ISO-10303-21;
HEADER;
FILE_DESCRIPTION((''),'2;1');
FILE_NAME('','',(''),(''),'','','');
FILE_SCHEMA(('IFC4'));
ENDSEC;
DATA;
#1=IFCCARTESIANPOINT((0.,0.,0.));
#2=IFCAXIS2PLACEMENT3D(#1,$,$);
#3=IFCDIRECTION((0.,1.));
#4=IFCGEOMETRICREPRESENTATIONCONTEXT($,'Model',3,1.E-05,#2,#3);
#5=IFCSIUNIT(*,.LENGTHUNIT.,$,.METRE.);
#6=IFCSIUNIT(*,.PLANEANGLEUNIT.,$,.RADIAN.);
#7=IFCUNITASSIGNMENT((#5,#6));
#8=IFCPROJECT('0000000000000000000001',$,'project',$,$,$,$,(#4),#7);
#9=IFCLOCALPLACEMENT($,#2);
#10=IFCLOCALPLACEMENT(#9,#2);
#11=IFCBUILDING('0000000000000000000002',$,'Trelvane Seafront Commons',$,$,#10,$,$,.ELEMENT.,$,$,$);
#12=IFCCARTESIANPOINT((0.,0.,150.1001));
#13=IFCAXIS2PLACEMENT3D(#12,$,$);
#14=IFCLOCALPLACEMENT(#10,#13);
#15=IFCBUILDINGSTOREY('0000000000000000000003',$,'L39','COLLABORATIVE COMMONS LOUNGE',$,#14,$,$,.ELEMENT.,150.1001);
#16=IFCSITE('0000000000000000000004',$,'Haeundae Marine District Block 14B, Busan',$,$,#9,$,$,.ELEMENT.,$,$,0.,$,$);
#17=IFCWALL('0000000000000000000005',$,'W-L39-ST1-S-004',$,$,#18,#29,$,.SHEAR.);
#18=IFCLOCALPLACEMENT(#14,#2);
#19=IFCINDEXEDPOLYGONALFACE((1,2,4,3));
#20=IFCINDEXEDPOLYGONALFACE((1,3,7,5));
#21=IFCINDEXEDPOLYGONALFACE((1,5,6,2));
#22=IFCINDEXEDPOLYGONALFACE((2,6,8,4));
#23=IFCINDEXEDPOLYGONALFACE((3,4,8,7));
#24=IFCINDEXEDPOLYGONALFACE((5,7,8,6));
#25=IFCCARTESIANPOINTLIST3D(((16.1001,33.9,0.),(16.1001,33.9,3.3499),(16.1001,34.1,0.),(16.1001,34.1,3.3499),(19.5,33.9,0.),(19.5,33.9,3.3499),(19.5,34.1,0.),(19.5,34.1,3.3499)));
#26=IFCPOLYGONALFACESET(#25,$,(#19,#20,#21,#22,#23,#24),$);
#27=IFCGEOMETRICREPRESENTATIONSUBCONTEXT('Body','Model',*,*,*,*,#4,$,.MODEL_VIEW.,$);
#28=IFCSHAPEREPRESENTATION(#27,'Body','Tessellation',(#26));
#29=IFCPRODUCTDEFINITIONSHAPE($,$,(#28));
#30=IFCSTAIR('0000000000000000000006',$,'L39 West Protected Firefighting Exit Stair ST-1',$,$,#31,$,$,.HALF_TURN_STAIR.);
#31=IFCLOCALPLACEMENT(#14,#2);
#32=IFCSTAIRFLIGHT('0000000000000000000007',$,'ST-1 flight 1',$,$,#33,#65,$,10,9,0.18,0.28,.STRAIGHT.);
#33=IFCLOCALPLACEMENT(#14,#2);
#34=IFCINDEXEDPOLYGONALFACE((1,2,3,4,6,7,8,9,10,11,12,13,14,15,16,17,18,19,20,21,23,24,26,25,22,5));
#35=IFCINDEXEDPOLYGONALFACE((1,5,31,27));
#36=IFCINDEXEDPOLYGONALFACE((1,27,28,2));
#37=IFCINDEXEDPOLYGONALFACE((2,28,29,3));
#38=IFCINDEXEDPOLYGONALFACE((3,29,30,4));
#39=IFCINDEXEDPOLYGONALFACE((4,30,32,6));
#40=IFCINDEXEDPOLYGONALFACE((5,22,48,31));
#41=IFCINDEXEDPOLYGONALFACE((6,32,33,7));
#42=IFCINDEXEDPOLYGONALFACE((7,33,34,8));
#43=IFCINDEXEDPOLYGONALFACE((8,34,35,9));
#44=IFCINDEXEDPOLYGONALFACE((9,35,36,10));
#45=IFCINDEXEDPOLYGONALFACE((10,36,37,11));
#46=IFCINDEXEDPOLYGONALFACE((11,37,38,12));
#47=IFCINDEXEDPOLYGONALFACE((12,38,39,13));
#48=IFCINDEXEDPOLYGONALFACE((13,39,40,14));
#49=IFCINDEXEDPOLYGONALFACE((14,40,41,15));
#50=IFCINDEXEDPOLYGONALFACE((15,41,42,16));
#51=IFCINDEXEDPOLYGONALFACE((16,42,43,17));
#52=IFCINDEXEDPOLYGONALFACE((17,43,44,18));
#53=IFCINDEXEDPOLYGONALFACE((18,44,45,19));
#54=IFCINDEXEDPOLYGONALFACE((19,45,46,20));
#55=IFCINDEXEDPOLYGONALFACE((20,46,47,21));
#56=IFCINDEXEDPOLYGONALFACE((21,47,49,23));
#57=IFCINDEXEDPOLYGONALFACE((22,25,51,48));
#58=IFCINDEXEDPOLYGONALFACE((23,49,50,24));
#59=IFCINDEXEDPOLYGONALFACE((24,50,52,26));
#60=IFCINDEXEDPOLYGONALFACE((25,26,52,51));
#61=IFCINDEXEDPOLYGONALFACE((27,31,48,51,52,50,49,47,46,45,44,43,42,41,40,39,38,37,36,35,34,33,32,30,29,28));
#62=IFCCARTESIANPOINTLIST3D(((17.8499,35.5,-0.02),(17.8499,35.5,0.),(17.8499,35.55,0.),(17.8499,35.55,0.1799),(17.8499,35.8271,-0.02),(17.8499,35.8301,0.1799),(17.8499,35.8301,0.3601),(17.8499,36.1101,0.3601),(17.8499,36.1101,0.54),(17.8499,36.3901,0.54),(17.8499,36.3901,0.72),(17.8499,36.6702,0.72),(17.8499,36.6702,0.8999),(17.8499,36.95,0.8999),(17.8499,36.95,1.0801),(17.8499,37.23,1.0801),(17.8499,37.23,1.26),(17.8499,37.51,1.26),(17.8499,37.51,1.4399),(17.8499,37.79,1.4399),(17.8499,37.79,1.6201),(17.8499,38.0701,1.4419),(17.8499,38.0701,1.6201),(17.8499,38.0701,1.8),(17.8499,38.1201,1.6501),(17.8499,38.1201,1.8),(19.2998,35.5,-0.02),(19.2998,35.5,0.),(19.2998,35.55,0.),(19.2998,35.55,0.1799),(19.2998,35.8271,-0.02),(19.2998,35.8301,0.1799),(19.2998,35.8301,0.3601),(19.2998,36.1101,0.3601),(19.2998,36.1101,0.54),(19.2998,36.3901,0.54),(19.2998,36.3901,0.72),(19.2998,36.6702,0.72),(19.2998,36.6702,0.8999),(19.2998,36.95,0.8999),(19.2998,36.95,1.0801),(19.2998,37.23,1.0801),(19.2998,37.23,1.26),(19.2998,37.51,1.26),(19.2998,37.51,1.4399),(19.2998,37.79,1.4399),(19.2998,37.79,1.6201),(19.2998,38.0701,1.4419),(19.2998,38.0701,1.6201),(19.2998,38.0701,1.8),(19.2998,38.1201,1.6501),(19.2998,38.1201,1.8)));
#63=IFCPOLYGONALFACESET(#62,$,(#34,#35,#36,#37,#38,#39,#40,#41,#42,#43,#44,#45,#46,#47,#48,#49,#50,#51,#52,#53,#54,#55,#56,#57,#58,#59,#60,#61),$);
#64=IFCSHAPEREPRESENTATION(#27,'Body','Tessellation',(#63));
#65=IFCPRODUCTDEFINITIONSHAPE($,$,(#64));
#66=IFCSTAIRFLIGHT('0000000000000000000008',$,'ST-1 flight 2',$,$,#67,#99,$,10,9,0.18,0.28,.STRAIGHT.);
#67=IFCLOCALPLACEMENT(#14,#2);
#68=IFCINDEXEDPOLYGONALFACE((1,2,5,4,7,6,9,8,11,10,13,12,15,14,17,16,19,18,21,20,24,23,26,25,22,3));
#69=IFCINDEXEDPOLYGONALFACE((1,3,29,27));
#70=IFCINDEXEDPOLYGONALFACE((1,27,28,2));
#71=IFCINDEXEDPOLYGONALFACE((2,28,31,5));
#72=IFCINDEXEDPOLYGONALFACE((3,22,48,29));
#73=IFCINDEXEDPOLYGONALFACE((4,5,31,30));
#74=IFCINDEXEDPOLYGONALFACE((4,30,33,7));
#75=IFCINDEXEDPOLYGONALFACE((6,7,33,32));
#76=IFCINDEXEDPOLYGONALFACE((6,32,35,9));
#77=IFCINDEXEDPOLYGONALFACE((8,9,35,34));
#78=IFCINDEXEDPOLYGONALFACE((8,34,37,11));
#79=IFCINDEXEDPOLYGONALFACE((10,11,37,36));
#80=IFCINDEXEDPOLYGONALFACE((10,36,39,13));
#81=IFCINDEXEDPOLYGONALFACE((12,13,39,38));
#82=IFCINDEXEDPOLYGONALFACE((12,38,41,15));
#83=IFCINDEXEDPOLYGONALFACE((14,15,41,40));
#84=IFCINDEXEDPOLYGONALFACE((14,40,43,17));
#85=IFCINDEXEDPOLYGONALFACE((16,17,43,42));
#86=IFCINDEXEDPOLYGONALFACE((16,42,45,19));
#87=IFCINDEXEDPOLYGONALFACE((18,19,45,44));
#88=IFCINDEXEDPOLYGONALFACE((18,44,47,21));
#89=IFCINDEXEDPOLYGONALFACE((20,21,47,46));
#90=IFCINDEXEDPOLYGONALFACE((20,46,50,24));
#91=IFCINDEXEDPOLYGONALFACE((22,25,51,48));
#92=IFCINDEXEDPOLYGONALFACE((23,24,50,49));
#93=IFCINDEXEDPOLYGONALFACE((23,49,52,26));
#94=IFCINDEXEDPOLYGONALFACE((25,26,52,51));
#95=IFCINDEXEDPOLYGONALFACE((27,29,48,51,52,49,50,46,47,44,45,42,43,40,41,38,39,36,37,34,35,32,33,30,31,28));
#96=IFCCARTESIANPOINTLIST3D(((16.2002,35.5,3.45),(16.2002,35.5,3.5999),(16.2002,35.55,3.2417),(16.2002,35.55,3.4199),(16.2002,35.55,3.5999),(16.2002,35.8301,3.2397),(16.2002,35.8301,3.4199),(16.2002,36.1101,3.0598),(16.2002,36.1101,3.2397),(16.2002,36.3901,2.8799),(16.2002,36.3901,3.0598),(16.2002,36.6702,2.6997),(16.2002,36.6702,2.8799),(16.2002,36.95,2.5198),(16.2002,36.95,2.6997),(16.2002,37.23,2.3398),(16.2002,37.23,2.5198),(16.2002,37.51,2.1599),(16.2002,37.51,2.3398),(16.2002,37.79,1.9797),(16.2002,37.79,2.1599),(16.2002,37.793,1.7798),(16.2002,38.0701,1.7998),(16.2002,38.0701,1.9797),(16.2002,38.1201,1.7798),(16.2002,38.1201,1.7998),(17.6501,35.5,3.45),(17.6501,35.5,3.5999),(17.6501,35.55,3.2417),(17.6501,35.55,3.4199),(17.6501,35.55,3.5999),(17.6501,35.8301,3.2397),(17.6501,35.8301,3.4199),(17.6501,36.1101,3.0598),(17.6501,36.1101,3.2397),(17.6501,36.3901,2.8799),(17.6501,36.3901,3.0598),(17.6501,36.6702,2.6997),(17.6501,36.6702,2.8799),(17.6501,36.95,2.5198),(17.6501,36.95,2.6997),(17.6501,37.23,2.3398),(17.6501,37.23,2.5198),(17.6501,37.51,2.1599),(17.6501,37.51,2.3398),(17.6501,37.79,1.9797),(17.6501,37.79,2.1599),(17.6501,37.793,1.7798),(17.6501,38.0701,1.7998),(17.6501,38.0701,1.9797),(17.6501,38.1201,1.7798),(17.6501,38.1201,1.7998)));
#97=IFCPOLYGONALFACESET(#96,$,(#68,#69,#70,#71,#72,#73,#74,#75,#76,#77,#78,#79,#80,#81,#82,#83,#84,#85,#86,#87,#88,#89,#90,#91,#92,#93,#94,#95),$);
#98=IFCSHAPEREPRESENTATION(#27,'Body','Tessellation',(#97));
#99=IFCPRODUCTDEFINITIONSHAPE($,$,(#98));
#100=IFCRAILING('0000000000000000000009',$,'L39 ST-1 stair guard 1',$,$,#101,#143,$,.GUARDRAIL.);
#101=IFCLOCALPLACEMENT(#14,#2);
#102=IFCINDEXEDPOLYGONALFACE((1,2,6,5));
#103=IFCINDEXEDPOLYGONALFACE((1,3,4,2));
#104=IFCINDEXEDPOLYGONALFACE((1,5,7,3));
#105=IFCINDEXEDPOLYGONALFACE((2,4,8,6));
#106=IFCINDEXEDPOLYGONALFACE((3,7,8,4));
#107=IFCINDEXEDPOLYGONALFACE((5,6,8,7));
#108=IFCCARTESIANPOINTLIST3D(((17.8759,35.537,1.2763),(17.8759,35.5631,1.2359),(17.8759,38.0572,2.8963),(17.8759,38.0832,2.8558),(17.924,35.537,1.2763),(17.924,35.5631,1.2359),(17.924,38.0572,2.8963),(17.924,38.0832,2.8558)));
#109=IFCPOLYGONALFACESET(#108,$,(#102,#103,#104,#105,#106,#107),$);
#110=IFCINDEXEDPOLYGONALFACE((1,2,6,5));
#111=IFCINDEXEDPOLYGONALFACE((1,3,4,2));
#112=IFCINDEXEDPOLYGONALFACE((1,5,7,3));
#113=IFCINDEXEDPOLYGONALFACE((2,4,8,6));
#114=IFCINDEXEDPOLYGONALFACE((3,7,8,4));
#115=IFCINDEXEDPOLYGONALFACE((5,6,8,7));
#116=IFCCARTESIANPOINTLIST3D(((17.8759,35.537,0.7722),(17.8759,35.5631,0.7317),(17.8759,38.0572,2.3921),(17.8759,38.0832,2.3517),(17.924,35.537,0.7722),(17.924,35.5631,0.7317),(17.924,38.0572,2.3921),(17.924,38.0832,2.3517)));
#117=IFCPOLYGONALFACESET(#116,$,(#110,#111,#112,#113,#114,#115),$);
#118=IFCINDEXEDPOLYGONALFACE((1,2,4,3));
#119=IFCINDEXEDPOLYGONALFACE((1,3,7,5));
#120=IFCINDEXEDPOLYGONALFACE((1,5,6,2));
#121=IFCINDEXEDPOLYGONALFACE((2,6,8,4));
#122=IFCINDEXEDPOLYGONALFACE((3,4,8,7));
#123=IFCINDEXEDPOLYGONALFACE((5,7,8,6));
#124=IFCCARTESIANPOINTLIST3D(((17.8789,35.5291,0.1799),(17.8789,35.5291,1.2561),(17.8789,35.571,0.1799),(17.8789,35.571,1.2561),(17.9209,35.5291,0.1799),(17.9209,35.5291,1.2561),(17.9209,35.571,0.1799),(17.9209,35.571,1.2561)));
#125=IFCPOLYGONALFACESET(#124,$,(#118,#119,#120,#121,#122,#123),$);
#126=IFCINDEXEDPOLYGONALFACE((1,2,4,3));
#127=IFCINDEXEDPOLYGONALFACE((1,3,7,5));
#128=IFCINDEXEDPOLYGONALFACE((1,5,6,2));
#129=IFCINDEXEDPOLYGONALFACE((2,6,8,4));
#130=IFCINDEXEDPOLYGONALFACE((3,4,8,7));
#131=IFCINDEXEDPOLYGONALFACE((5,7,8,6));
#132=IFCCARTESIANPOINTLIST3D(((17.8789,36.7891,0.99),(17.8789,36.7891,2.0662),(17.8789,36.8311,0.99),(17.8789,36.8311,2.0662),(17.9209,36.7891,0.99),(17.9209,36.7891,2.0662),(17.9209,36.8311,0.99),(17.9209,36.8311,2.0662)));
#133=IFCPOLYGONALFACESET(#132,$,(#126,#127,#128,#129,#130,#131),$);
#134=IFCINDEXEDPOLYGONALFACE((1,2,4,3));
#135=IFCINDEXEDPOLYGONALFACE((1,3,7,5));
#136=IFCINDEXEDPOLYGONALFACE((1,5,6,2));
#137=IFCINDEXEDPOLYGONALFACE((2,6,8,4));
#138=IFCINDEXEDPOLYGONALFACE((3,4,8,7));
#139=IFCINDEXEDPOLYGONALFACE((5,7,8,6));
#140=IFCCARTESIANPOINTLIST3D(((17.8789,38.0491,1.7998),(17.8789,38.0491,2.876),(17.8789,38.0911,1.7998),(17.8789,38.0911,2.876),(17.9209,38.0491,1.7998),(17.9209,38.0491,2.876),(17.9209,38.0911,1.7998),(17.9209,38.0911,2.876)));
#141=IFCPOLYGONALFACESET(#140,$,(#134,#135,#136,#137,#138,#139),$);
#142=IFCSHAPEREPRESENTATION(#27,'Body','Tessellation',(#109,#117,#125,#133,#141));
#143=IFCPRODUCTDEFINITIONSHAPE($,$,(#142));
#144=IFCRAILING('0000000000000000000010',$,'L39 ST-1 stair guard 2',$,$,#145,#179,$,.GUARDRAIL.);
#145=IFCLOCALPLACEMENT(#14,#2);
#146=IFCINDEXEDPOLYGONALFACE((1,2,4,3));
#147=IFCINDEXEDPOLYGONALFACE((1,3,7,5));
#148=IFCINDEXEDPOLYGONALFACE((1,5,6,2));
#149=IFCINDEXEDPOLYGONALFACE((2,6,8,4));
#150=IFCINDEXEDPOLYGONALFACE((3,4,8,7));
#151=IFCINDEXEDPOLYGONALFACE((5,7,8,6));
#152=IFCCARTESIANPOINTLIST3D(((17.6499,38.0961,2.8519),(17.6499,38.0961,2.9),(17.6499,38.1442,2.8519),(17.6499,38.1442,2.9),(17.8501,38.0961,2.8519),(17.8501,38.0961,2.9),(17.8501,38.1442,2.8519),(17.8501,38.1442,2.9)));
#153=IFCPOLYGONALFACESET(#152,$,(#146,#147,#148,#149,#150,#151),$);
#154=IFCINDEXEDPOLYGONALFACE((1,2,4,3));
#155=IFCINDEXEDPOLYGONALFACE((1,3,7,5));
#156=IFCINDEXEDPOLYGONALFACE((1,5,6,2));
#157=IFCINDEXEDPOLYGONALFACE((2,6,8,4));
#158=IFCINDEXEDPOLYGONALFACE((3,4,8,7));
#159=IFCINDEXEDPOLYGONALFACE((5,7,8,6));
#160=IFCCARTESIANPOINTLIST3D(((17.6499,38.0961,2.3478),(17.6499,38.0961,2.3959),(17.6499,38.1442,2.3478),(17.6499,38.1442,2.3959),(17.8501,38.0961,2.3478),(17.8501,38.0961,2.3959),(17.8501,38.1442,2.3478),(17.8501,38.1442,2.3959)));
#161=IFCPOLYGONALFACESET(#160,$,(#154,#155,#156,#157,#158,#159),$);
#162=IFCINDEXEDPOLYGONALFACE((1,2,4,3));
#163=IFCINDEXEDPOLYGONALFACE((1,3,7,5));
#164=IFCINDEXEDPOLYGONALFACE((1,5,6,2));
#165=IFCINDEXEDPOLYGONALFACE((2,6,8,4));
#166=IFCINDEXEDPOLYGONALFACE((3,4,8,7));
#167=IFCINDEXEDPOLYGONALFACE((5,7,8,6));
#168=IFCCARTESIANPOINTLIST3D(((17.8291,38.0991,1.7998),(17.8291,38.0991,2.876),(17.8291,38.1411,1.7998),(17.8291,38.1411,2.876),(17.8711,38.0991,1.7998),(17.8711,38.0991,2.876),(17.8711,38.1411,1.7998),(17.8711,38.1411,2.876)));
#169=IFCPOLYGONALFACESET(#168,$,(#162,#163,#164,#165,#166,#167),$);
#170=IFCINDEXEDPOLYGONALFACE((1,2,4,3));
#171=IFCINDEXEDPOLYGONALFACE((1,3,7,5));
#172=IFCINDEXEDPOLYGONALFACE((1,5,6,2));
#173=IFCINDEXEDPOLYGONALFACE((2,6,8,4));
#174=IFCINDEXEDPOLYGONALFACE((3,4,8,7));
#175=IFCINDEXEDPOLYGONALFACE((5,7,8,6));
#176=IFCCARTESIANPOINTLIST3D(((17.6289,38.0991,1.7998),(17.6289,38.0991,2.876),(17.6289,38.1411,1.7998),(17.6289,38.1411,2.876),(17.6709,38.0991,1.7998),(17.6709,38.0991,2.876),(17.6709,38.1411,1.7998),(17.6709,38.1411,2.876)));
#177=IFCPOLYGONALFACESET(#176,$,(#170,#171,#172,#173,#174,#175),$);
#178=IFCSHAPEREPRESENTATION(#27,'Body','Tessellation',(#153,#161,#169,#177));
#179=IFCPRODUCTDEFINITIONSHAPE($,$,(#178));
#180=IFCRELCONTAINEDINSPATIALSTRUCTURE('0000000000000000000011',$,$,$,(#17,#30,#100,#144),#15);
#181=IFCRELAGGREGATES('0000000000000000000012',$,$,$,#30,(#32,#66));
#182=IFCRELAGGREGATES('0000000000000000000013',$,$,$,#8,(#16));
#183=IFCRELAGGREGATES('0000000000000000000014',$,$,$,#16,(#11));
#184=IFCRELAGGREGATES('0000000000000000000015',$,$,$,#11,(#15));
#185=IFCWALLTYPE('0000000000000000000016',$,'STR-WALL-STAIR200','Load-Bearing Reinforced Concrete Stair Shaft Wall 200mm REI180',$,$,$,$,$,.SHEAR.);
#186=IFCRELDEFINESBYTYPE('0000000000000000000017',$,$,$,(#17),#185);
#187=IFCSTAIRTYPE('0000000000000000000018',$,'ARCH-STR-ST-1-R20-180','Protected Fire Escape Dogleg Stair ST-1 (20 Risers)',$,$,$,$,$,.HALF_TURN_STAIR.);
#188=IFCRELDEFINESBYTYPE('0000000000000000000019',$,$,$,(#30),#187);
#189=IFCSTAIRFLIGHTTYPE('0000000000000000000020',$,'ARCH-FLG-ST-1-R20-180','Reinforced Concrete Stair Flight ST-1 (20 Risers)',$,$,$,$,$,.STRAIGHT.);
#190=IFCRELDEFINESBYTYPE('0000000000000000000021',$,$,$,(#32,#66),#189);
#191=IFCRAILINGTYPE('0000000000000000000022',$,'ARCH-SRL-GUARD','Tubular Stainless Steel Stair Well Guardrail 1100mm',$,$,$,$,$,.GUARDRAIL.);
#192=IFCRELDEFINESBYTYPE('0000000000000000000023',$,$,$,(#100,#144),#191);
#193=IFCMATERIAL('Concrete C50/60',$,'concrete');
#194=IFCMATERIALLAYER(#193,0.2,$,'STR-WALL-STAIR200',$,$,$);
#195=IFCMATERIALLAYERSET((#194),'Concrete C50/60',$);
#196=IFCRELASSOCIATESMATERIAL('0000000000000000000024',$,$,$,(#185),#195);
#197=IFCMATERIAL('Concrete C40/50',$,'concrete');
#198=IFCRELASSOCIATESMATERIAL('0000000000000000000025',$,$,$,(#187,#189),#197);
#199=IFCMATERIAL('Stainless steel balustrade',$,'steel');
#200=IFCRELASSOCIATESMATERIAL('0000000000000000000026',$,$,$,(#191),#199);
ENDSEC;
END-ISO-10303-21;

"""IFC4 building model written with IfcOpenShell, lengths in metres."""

from ifc_helpers import new_model, si_unit, direction, frame, frame_2d, origin, origin_2d, place, context, subcontext, project, spatial, polyline, rectangle, outline, extrude, source, transform, mapped, material, layer, layer_set, type_object, element, aggregate, save


model = new_model("IFC4")

# Units and contexts
model_context = context("Model", 3, precision=1e-05, world=origin(), true_north=direction((0.0, 1.0)))
body_context = subcontext(model_context, "Body", "Model", "MODEL_VIEW")
ifc_project = project(units=[si_unit("LENGTHUNIT", "METRE"), si_unit("PLANEANGLEUNIT", "RADIAN")], contexts=[model_context])

# Site, building, storey
site_placement = place(None, origin())
site = spatial("IfcSite", under=ifc_project, at=site_placement, Name="Haeundae Marine District Block 14B, Busan", CompositionType="ELEMENT", RefElevation=0.0)
building_placement = place(site_placement, origin())
building = spatial("IfcBuilding", under=site, at=building_placement, Name="Trelvane Seafront Commons", CompositionType="ELEMENT")
storey_placement = place(building_placement, frame((0.0, 0.0, 150.1001)))
storey = spatial("IfcBuildingStorey", under=building, at=storey_placement, Name="L39", Description="COLLABORATIVE COMMONS LOUNGE", CompositionType="ELEMENT", Elevation=150.1001)

# Shared definitions
ifc_material_1 = material(Name="Concrete C50/60", Category="concrete")

# Shared definitions
ifc_material_2 = material(Name="Concrete C40/50", Category="concrete")
ifc_material_3 = material(Name="Stainless steel balustrade", Category="steel")

# Wall
ifc_layer_1 = layer(ifc_material_1, 0.2, Name="STR-WALL-STAIR200")
ifc_layer_set_1 = layer_set([ifc_layer_1], Name="Concrete C50/60")
wall_type_1 = type_object("IfcWallType", Name="STR-WALL-STAIR200", Description="Load-Bearing Reinforced Concrete Stair Shaft Wall 200mm REI180", PredefinedType="SHEAR", material=ifc_layer_set_1)
wall_1_placement = place(storey_placement, frame((16.1001, 34.0, 0.0), z_axis=(0.0, 0.0, 1.0), x_axis=(1.0, 0.0, 0.0)))
element("IfcWall", 1, at=wall_1_placement, inside=storey, type_object=wall_type_1, Name="W-L39-ST1-S-004", PredefinedType="SHEAR", context=body_context, shape_type="SweptSolid", body=[
    extrude(rectangle(XDim=3.3999, YDim=0.2, at=frame_2d((1.7, 0.0))), origin(), (0.0, 0.0, 1.0), 3.3499),
])

# Stair, stair flights
stair_type = type_object("IfcStairType", Name="ARCH-STR-ST-1-R20-180", Description="Protected Fire Escape Dogleg Stair ST-1 (20 Risers)", PredefinedType="HALF_TURN_STAIR", material=ifc_material_2)
stair_placement = place(storey_placement, origin())
stair = element("IfcStair", 2, at=stair_placement, inside=storey, type_object=stair_type, Name="L39 West Protected Firefighting Exit Stair ST-1", PredefinedType="HALF_TURN_STAIR")
stair_flight_type = type_object("IfcStairFlightType", Name="ARCH-FLG-ST-1-R20-180", Description="Reinforced Concrete Stair Flight ST-1 (20 Risers)", PredefinedType="STRAIGHT", material=ifc_material_2)
shared_shape_1 = source(origin(), body_context, "Body", "SweptSolid", [
    extrude(outline(polyline([(-0.05, -0.02), (-0.05, 0.0), (0.0, 0.0), (0.0, 0.1799), (0.28, 0.1799), (0.28, 0.3601), (0.5601, 0.3601), (0.5601, 0.54), (0.8401, 0.54), (0.8401, 0.72), (1.1201, 0.72), (1.1201, 0.8999), (1.3999, 0.8999), (1.3999, 1.0801), (1.6799, 1.0801), (1.6799, 1.26), (1.96, 1.26), (1.96, 1.4399), (2.24, 1.4399), (2.24, 1.6201), (2.52, 1.6201), (2.52, 1.8), (2.5701, 1.8), (2.5701, 1.6501), (2.52, 1.4419), (0.2771, -0.02), (-0.05, -0.02)])), frame((0.0, 0.7251, 0.0), z_axis=(0.0, -1.0, 0.0), x_axis=(1.0, 0.0, 0.0)), (0.0, 0.0, 1.0), 1.45),
])
stair_flight_1_placement = place(storey_placement, frame((18.575, 35.55, 0.0), z_axis=(0.0, 0.0, 1.0), x_axis=(0.0, 1.0, 0.0)))
stair_flight_1 = element("IfcStairFlight", 3, at=stair_flight_1_placement, type_object=stair_flight_type, Name="ST-1 flight 1", NumberOfRisers=10, NumberOfTreads=9, PredefinedType="STRAIGHT", RiserHeight=0.18, TreadLength=0.28, context=body_context, shape_type="MappedRepresentation", body=[
    mapped(shared_shape_1, transform((0.0, 0.0, 0.0), x_axis=(1.0, 0.0, 0.0), y_axis=(0.0, 1.0, 0.0), z_axis=(0.0, 0.0, 1.0), scale=1.0)),
])
stair_flight_2_placement = place(storey_placement, frame((16.925, 38.0701, 1.7998), z_axis=(0.0, 0.0, 1.0), x_axis=(0.0, -1.0, 0.0)))
stair_flight_2 = element("IfcStairFlight", 4, at=stair_flight_2_placement, type_object=stair_flight_type, Name="ST-1 flight 2", NumberOfRisers=10, NumberOfTreads=9, PredefinedType="STRAIGHT", RiserHeight=0.18, TreadLength=0.28, context=body_context, shape_type="MappedRepresentation", body=[
    mapped(shared_shape_1, transform((0.0, 0.0, 0.0), x_axis=(1.0, 0.0, 0.0), y_axis=(0.0, 1.0, 0.0), z_axis=(0.0, 0.0, 1.0), scale=1.0)),
])
aggregate(stair, [stair_flight_1, stair_flight_2])

# Railings
railing_type_1 = type_object("IfcRailingType", Name="ARCH-SRL-GUARD", Description="Tubular Stainless Steel Stair Well Guardrail 1100mm", PredefinedType="GUARDRAIL", material=ifc_material_3)
railing_1_placement = place(storey_placement, frame((17.8999, 35.55, 0.1799)))
element("IfcRailing", 5, at=railing_1_placement, inside=storey, type_object=railing_type_1, Name="L39 ST-1 stair guard 1", PredefinedType="GUARDRAIL", context=body_context, shape_type="SweptSolid", body=[
    extrude(rectangle(XDim=0.0481, YDim=0.0481, at=origin_2d()), frame((0.0, 0.0, 1.0762), z_axis=(0.0, 0.8412, 0.540725), x_axis=(-1.0, 0.0, 0.0)), (0.0, 0.0, 1.0), 2.9958),
    extrude(rectangle(XDim=0.0481, YDim=0.0481, at=origin_2d()), frame((0.0, 0.0, 0.572), z_axis=(0.0, 0.8412, 0.540725), x_axis=(-1.0, 0.0, 0.0)), (0.0, 0.0, 1.0), 2.9958),
    extrude(rectangle(XDim=0.042, YDim=0.042, at=origin_2d()), origin(), (0.0, 0.0, 1.0), 1.0762),
    extrude(rectangle(XDim=0.042, YDim=0.042, at=origin_2d()), frame((0.0, 1.26, 0.8101)), (0.0, 0.0, 1.0), 1.0762),
    extrude(rectangle(XDim=0.042, YDim=0.042, at=origin_2d()), frame((0.0, 2.52, 1.6199)), (0.0, 0.0, 1.0), 1.0762),
])
railing_2_placement = place(storey_placement, frame((17.8501, 38.1201, 1.7998)))
element("IfcRailing", 6, at=railing_2_placement, inside=storey, type_object=railing_type_1, Name="L39 ST-1 stair guard 2", PredefinedType="GUARDRAIL", context=body_context, shape_type="SweptSolid", body=[
    extrude(rectangle(XDim=0.0481, YDim=0.0481, at=origin_2d()), frame((0.0, 0.0, 1.0762), z_axis=(-1.0, 0.0, 0.0), x_axis=(0.0, -1.0, 0.0)), (0.0, 0.0, 1.0), 0.2002),
    extrude(rectangle(XDim=0.0481, YDim=0.0481, at=origin_2d()), frame((0.0, 0.0, 0.572), z_axis=(-1.0, 0.0, 0.0), x_axis=(0.0, -1.0, 0.0)), (0.0, 0.0, 1.0), 0.2002),
    extrude(rectangle(XDim=0.042, YDim=0.042, at=origin_2d()), origin(), (0.0, 0.0, 1.0), 1.0762),
    extrude(rectangle(XDim=0.042, YDim=0.042, at=origin_2d()), frame((-0.2002, 0.0, 0.0)), (0.0, 0.0, 1.0), 1.0762),
])

save(model, "model.ifc")
